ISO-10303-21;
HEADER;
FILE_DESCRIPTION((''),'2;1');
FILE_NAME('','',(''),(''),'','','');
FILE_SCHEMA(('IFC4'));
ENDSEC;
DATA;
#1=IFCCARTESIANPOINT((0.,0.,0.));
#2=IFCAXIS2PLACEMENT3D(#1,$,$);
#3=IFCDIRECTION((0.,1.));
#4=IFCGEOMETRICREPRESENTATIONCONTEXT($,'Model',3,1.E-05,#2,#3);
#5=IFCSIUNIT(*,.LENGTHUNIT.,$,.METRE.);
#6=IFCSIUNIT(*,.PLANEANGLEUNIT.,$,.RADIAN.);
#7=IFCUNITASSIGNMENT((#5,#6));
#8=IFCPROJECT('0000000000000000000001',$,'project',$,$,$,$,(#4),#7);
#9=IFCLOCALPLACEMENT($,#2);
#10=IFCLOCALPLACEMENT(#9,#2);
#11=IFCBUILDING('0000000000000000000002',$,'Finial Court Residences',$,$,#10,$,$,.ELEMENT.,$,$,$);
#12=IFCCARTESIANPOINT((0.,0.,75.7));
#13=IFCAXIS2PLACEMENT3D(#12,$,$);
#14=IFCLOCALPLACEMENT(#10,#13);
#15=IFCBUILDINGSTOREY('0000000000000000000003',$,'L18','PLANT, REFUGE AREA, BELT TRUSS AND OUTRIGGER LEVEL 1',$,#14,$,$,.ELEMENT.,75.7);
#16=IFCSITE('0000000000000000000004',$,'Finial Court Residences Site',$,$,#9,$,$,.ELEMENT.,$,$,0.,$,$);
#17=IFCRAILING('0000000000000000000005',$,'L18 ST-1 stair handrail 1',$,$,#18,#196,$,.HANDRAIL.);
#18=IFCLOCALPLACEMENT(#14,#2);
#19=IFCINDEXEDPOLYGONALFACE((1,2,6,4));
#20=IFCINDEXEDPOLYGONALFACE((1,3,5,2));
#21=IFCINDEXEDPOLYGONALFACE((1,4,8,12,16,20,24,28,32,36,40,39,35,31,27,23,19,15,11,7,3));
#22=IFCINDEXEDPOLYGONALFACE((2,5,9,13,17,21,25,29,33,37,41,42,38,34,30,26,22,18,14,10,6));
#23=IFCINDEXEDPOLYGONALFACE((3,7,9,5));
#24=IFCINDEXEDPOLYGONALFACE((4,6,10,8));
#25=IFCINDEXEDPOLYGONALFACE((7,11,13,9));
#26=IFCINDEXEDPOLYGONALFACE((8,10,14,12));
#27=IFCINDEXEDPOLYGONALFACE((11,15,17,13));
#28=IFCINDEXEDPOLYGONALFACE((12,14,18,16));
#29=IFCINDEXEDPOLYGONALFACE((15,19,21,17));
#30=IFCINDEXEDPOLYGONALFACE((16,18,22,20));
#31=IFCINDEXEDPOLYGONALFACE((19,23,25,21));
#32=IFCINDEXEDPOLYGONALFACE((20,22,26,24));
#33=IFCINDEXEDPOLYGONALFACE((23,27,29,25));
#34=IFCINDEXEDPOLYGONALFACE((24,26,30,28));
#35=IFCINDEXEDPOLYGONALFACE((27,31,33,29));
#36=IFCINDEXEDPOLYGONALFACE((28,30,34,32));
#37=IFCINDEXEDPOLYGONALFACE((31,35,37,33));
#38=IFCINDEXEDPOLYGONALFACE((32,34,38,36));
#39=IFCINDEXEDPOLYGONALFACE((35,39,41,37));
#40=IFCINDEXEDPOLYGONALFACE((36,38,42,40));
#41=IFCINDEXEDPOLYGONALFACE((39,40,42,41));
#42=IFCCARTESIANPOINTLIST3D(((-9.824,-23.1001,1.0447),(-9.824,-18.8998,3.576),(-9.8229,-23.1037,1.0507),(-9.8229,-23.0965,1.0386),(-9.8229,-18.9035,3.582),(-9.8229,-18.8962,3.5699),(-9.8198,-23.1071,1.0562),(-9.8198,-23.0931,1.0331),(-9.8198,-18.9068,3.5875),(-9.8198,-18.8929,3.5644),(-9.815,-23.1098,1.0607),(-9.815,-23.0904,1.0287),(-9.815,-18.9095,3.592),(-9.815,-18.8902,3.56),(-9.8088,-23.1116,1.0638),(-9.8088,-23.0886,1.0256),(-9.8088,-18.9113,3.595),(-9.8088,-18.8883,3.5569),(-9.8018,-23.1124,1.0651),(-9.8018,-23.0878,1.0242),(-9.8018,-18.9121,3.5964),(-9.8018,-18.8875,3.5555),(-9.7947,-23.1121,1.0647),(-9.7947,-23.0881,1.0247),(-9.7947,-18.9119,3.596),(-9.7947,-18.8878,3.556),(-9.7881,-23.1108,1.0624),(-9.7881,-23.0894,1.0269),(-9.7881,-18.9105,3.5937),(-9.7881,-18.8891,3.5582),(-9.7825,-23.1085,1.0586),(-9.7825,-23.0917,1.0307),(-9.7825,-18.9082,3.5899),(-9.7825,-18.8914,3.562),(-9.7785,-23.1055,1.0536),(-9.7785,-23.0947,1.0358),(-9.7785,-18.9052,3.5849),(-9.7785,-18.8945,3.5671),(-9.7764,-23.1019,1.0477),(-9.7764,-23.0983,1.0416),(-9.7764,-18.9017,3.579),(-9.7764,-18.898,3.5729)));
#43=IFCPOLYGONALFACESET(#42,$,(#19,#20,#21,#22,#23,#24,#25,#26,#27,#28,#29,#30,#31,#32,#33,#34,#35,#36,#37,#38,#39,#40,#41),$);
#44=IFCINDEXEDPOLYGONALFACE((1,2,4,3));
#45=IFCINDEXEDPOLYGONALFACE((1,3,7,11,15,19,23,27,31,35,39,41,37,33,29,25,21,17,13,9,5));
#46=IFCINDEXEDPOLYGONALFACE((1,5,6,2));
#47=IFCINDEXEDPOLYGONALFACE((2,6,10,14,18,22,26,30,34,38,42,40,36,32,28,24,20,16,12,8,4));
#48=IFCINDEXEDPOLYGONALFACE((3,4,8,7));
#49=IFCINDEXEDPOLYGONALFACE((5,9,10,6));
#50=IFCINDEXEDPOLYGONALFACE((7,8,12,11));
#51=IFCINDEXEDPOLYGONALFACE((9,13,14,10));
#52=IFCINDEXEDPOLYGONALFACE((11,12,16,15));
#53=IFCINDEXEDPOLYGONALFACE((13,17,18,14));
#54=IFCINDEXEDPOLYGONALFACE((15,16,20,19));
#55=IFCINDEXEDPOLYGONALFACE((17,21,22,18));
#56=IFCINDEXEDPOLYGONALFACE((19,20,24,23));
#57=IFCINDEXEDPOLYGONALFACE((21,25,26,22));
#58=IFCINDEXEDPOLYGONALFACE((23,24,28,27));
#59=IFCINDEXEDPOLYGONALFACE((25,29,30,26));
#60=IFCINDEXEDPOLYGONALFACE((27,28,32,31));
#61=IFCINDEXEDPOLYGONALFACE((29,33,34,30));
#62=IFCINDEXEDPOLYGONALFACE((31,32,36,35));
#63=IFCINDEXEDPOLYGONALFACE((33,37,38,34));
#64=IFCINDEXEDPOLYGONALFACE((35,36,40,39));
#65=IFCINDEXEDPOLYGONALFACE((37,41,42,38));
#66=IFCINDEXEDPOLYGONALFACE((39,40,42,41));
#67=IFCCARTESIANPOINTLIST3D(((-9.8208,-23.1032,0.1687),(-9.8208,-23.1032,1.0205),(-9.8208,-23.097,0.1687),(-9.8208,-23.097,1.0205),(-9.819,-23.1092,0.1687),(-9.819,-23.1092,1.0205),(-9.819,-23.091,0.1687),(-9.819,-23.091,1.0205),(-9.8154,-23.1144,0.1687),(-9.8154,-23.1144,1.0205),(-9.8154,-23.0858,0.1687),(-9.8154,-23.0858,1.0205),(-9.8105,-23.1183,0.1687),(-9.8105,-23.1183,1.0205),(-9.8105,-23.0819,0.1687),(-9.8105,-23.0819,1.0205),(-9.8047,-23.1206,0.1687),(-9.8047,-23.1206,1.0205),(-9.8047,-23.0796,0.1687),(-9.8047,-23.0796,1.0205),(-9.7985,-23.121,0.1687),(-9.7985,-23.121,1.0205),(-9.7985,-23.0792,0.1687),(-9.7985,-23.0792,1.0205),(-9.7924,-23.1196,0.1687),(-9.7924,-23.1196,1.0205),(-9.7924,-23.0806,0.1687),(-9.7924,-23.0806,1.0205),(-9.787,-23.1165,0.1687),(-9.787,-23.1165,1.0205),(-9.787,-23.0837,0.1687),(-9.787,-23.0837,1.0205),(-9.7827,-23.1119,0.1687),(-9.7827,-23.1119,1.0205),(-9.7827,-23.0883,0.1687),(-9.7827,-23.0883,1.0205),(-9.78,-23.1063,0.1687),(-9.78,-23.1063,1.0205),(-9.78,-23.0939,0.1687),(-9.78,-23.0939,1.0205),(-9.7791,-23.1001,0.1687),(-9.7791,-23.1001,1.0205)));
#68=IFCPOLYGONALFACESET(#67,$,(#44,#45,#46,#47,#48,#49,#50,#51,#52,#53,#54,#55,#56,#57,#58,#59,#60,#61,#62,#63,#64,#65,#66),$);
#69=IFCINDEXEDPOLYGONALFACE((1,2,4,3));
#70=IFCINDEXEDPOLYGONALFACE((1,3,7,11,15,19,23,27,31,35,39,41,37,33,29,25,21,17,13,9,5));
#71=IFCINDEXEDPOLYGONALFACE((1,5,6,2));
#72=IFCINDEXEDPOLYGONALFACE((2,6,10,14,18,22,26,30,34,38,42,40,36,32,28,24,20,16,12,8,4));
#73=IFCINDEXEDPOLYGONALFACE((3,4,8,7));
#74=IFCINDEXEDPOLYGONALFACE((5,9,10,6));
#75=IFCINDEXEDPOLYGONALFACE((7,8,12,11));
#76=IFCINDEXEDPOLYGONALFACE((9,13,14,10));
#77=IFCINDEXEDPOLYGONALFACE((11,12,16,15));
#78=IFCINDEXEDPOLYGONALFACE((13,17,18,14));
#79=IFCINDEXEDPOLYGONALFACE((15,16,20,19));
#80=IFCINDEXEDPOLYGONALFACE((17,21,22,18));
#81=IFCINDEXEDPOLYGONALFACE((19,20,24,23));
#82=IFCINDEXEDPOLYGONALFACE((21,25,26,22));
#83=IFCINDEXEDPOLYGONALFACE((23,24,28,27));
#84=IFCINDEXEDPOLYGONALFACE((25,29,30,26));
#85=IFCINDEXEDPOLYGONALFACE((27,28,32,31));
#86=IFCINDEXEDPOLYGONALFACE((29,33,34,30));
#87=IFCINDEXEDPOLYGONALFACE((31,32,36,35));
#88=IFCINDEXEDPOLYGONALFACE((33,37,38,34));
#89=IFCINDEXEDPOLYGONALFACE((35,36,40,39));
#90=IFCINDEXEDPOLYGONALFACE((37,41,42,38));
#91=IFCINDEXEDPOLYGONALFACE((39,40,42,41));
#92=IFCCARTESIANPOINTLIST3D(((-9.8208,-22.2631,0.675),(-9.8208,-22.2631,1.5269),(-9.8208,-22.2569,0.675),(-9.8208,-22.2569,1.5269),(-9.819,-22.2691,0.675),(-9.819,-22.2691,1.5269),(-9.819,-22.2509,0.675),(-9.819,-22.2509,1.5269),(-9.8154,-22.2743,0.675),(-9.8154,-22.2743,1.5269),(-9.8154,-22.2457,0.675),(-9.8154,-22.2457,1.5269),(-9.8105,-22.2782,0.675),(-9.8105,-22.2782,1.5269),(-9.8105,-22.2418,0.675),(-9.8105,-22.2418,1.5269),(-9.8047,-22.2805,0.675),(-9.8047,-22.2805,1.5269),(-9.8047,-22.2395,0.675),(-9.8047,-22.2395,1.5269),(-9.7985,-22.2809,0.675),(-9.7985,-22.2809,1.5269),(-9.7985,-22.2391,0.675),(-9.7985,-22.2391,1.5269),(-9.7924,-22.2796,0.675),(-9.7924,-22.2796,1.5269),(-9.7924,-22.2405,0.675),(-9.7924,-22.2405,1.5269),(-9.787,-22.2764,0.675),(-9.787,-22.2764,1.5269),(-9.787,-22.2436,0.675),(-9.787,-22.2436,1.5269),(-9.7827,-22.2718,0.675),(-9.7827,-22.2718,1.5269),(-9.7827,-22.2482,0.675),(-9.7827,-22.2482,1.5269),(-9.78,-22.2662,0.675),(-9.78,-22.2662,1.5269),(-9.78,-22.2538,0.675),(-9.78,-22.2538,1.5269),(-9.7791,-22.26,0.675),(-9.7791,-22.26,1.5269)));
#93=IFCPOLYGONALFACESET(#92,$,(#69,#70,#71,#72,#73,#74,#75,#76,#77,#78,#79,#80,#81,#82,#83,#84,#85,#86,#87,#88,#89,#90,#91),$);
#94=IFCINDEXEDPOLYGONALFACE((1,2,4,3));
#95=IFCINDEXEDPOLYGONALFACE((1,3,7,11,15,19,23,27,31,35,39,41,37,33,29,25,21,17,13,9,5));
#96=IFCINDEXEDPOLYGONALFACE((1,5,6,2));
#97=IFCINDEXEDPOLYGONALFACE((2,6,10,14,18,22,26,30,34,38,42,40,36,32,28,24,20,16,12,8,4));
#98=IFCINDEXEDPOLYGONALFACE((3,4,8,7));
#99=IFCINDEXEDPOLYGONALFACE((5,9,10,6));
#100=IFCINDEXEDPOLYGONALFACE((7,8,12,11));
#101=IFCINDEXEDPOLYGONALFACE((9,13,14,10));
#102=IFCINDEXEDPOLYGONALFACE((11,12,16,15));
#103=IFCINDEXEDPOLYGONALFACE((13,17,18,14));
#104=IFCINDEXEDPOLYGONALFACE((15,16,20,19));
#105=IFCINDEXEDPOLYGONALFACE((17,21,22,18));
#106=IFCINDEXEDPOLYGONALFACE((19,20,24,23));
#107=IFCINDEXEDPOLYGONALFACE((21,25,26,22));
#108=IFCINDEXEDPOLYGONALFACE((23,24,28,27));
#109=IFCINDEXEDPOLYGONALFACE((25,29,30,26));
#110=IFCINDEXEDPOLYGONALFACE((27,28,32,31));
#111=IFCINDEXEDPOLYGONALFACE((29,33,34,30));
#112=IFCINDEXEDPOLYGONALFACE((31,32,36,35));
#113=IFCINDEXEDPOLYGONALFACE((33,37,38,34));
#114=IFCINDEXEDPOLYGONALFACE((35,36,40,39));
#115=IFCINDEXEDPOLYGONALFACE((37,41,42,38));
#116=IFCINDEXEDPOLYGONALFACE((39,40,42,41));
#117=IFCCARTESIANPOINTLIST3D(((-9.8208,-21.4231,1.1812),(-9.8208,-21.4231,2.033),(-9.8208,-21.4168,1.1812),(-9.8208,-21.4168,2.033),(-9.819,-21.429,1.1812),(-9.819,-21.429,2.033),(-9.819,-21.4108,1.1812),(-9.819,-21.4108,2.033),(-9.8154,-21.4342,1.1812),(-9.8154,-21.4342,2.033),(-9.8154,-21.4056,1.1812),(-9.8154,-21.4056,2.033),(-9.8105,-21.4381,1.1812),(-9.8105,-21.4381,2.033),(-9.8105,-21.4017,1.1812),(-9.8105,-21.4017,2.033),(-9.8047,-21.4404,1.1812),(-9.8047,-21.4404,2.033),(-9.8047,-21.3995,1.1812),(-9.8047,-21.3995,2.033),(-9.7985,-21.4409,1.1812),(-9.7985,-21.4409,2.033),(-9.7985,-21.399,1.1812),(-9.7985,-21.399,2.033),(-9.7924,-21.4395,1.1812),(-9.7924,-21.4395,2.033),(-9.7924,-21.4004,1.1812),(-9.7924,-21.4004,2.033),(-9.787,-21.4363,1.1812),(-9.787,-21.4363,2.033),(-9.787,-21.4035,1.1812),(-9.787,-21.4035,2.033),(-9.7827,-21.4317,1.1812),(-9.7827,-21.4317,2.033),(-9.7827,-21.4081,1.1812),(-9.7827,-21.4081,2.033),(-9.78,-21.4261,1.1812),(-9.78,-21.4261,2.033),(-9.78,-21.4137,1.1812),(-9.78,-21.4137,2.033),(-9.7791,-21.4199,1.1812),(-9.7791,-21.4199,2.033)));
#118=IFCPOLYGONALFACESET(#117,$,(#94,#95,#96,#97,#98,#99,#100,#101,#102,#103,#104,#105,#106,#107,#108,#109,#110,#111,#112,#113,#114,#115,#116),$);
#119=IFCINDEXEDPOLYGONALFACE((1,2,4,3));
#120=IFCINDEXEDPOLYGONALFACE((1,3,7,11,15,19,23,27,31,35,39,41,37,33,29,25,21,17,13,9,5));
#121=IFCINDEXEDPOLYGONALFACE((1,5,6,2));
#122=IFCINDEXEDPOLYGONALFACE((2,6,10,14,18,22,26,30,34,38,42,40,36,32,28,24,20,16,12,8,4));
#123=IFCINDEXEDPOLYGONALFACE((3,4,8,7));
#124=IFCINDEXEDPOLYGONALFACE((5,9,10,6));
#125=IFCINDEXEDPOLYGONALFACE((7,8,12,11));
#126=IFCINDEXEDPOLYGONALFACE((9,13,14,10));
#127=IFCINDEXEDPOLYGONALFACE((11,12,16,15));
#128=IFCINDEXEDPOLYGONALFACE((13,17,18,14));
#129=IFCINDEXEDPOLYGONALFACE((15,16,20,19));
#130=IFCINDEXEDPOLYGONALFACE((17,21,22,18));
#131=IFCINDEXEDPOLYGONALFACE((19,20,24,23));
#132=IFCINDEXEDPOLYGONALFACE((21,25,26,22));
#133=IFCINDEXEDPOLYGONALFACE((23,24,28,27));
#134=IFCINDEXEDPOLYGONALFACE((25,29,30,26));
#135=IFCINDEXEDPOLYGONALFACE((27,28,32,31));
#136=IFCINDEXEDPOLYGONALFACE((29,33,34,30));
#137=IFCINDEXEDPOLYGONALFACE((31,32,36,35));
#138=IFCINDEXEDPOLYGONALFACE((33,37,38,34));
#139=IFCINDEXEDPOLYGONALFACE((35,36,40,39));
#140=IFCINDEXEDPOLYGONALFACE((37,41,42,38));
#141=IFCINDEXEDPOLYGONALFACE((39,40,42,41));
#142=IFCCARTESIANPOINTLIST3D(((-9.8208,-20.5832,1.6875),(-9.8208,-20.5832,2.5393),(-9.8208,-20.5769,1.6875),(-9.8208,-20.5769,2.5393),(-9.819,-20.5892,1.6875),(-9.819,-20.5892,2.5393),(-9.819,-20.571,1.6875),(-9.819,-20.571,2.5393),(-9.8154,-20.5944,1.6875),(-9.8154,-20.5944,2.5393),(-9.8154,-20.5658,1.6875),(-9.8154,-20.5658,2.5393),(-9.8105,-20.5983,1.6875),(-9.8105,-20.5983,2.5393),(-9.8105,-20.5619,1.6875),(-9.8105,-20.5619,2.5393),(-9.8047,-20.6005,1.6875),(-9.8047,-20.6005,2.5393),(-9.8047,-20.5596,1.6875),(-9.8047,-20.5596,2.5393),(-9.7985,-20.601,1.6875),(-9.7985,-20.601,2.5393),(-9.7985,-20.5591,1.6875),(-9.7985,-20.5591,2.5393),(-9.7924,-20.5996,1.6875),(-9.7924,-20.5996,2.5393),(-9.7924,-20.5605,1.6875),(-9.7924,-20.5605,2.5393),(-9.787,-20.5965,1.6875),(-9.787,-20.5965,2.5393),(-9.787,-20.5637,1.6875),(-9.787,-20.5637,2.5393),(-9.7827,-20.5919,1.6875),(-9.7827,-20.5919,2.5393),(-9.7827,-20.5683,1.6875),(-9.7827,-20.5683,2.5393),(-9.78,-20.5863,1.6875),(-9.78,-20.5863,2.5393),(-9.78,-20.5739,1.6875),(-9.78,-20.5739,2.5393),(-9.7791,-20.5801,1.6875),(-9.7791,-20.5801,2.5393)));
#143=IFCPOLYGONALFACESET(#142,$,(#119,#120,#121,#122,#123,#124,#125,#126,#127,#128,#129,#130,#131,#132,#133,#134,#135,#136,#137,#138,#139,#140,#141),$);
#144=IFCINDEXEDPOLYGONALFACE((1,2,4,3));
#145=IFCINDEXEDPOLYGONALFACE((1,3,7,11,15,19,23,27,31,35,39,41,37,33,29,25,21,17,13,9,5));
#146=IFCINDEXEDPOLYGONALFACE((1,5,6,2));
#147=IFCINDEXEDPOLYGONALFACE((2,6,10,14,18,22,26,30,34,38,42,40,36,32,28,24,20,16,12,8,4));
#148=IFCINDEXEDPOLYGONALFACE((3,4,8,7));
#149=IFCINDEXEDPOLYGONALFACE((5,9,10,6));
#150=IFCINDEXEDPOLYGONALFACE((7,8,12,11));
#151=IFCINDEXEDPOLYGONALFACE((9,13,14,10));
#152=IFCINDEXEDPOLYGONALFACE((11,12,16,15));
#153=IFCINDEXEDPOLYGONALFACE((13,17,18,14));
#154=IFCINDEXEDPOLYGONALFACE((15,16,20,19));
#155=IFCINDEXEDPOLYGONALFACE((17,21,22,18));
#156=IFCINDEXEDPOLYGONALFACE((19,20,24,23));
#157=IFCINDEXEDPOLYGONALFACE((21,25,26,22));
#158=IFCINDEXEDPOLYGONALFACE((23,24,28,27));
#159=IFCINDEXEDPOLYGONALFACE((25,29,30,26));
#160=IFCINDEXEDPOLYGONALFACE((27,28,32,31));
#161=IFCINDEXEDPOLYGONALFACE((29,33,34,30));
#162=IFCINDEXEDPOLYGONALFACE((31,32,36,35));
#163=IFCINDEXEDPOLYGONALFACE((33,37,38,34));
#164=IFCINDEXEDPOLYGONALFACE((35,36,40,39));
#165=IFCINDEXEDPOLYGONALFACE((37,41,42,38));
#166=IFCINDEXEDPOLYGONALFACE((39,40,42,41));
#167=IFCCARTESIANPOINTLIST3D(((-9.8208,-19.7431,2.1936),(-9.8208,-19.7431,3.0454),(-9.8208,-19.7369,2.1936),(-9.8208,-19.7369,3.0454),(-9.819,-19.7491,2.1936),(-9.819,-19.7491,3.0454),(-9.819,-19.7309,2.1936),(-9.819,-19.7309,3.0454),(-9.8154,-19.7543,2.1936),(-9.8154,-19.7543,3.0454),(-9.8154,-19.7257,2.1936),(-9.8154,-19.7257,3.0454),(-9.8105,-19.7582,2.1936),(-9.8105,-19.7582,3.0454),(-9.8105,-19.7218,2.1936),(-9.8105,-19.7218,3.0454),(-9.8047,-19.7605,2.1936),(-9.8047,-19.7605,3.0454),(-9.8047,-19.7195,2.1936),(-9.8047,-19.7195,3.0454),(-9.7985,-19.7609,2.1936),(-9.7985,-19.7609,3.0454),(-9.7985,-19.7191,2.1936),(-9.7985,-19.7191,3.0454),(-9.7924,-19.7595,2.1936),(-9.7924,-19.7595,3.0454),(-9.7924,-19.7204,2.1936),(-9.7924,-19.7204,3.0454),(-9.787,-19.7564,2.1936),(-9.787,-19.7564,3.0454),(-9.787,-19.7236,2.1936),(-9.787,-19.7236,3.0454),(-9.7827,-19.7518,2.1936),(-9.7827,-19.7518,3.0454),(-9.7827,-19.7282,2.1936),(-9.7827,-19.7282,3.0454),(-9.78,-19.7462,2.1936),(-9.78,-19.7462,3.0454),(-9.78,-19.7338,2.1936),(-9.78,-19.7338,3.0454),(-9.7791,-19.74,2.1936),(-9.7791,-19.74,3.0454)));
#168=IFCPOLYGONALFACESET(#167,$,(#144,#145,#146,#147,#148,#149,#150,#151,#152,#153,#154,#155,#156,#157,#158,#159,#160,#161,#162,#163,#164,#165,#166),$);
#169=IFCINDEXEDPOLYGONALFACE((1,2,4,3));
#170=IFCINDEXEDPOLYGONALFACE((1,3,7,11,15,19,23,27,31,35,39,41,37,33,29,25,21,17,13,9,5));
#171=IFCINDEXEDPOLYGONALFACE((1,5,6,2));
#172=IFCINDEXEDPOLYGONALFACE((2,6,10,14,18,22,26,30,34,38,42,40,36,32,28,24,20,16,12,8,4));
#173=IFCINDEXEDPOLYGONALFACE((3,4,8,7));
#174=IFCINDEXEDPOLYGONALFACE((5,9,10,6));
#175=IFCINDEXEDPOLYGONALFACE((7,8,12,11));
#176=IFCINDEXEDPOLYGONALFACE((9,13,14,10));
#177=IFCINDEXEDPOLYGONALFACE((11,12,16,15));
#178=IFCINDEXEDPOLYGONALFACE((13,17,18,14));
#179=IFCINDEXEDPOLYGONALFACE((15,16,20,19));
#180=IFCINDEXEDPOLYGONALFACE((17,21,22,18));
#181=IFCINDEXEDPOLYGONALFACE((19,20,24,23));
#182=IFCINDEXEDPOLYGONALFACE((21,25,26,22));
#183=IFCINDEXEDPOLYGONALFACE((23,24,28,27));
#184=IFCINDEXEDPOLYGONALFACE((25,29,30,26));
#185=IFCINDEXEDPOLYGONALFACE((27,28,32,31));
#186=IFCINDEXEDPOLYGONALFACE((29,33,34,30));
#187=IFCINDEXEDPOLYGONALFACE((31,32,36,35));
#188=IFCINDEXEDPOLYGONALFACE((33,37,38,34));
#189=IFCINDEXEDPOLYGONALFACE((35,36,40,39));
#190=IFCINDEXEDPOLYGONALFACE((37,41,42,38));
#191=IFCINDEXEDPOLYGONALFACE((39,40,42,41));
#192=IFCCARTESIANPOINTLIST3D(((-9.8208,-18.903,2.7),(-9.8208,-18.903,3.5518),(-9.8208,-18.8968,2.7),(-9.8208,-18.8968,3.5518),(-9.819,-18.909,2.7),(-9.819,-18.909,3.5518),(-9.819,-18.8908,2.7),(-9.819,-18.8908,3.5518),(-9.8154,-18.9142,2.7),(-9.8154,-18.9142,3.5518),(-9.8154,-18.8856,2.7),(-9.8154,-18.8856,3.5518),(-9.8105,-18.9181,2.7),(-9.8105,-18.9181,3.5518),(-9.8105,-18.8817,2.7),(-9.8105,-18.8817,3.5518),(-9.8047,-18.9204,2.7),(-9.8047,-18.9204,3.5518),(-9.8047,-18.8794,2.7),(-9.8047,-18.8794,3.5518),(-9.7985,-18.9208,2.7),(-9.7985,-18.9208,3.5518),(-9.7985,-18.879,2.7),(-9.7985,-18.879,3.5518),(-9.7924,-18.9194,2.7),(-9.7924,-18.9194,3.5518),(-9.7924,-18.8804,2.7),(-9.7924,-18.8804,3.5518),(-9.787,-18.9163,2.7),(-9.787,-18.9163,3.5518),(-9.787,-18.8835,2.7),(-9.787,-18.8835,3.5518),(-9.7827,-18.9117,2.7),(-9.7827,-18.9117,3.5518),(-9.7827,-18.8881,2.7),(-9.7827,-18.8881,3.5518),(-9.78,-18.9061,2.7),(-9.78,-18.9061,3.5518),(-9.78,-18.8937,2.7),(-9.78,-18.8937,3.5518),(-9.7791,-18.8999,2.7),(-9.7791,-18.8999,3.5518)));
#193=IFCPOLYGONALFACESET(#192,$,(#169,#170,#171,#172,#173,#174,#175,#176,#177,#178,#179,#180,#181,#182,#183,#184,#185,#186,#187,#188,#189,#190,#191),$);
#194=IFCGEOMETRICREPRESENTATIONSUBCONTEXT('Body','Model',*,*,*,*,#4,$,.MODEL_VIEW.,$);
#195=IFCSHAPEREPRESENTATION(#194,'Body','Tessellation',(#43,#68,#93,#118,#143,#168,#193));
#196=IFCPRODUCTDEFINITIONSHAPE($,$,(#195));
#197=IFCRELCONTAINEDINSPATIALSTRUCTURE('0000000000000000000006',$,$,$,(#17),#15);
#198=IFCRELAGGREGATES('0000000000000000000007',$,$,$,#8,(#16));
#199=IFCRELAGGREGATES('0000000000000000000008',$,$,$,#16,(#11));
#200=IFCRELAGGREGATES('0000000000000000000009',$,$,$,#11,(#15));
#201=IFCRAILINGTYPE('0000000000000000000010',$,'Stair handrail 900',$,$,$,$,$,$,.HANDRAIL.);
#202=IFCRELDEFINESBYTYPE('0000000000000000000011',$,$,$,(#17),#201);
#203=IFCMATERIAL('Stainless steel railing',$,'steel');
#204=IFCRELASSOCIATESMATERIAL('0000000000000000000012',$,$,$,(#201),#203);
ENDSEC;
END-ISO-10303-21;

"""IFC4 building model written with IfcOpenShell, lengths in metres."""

from ifc_helpers import new_model, si_unit, direction, frame, origin, origin_2d, place, context, subcontext, project, spatial, circle, extrude, material, type_object, element, save


model = new_model("IFC4")

# Units and contexts
model_context = context("Model", 3, precision=1e-05, world=origin(), true_north=direction((0.0, 1.0)))
body_context = subcontext(model_context, "Body", "Model", "MODEL_VIEW")
ifc_project = project(units=[si_unit("LENGTHUNIT", "METRE"), si_unit("PLANEANGLEUNIT", "RADIAN")], contexts=[model_context])

# Site, building, storey
site_placement = place(None, origin())
site = spatial("IfcSite", under=ifc_project, at=site_placement, Name="Finial Court Residences Site", CompositionType="ELEMENT", RefElevation=0.0)
building_placement = place(site_placement, origin())
building = spatial("IfcBuilding", under=site, at=building_placement, Name="Finial Court Residences", CompositionType="ELEMENT")
storey_placement = place(building_placement, frame((0.0, 0.0, 75.7)))
storey = spatial("IfcBuildingStorey", under=building, at=storey_placement, Name="L18", Description="PLANT, REFUGE AREA, BELT TRUSS AND OUTRIGGER LEVEL 1", CompositionType="ELEMENT", Elevation=75.7)

# Railing
ifc_material_1 = material(Name="Stainless steel railing", Category="steel")
railing_type_1 = type_object("IfcRailingType", Name="Stair handrail 900", PredefinedType="HANDRAIL", material=ifc_material_1)
railing_1_placement = place(storey_placement, frame((-9.8, -23.1001, 0.1687)))
element("IfcRailing", 1, at=railing_1_placement, inside=storey, type_object=railing_type_1, Name="L18 ST-1 stair handrail 1", PredefinedType="HANDRAIL", context=body_context, shape_type="SweptSolid", body=[
    extrude(circle(Radius=0.0239, at=origin_2d()), frame((0.0, 0.0, 0.876), z_axis=(0.0, 0.85649, 0.516164), x_axis=(-1.0, 0.0, 0.0)), (0.0, 0.0, 1.0), 4.9041),
    extrude(circle(Radius=0.021, at=origin_2d()), origin(), (0.0, 0.0, 1.0), 0.8518),
    extrude(circle(Radius=0.021, at=origin_2d()), frame((0.0, 0.8401, 0.5063)), (0.0, 0.0, 1.0), 0.8518),
    extrude(circle(Radius=0.021, at=origin_2d()), frame((0.0, 1.6802, 1.0125)), (0.0, 0.0, 1.0), 0.8518),
    extrude(circle(Radius=0.021, at=origin_2d()), frame((0.0, 2.52, 1.5188)), (0.0, 0.0, 1.0), 0.8518),
    extrude(circle(Radius=0.021, at=origin_2d()), frame((0.0, 3.3601, 2.0249)), (0.0, 0.0, 1.0), 0.8518),
    extrude(circle(Radius=0.021, at=origin_2d()), frame((0.0, 4.2002, 2.5312)), (0.0, 0.0, 1.0), 0.8518),
])

save(model, "model.ifc")
